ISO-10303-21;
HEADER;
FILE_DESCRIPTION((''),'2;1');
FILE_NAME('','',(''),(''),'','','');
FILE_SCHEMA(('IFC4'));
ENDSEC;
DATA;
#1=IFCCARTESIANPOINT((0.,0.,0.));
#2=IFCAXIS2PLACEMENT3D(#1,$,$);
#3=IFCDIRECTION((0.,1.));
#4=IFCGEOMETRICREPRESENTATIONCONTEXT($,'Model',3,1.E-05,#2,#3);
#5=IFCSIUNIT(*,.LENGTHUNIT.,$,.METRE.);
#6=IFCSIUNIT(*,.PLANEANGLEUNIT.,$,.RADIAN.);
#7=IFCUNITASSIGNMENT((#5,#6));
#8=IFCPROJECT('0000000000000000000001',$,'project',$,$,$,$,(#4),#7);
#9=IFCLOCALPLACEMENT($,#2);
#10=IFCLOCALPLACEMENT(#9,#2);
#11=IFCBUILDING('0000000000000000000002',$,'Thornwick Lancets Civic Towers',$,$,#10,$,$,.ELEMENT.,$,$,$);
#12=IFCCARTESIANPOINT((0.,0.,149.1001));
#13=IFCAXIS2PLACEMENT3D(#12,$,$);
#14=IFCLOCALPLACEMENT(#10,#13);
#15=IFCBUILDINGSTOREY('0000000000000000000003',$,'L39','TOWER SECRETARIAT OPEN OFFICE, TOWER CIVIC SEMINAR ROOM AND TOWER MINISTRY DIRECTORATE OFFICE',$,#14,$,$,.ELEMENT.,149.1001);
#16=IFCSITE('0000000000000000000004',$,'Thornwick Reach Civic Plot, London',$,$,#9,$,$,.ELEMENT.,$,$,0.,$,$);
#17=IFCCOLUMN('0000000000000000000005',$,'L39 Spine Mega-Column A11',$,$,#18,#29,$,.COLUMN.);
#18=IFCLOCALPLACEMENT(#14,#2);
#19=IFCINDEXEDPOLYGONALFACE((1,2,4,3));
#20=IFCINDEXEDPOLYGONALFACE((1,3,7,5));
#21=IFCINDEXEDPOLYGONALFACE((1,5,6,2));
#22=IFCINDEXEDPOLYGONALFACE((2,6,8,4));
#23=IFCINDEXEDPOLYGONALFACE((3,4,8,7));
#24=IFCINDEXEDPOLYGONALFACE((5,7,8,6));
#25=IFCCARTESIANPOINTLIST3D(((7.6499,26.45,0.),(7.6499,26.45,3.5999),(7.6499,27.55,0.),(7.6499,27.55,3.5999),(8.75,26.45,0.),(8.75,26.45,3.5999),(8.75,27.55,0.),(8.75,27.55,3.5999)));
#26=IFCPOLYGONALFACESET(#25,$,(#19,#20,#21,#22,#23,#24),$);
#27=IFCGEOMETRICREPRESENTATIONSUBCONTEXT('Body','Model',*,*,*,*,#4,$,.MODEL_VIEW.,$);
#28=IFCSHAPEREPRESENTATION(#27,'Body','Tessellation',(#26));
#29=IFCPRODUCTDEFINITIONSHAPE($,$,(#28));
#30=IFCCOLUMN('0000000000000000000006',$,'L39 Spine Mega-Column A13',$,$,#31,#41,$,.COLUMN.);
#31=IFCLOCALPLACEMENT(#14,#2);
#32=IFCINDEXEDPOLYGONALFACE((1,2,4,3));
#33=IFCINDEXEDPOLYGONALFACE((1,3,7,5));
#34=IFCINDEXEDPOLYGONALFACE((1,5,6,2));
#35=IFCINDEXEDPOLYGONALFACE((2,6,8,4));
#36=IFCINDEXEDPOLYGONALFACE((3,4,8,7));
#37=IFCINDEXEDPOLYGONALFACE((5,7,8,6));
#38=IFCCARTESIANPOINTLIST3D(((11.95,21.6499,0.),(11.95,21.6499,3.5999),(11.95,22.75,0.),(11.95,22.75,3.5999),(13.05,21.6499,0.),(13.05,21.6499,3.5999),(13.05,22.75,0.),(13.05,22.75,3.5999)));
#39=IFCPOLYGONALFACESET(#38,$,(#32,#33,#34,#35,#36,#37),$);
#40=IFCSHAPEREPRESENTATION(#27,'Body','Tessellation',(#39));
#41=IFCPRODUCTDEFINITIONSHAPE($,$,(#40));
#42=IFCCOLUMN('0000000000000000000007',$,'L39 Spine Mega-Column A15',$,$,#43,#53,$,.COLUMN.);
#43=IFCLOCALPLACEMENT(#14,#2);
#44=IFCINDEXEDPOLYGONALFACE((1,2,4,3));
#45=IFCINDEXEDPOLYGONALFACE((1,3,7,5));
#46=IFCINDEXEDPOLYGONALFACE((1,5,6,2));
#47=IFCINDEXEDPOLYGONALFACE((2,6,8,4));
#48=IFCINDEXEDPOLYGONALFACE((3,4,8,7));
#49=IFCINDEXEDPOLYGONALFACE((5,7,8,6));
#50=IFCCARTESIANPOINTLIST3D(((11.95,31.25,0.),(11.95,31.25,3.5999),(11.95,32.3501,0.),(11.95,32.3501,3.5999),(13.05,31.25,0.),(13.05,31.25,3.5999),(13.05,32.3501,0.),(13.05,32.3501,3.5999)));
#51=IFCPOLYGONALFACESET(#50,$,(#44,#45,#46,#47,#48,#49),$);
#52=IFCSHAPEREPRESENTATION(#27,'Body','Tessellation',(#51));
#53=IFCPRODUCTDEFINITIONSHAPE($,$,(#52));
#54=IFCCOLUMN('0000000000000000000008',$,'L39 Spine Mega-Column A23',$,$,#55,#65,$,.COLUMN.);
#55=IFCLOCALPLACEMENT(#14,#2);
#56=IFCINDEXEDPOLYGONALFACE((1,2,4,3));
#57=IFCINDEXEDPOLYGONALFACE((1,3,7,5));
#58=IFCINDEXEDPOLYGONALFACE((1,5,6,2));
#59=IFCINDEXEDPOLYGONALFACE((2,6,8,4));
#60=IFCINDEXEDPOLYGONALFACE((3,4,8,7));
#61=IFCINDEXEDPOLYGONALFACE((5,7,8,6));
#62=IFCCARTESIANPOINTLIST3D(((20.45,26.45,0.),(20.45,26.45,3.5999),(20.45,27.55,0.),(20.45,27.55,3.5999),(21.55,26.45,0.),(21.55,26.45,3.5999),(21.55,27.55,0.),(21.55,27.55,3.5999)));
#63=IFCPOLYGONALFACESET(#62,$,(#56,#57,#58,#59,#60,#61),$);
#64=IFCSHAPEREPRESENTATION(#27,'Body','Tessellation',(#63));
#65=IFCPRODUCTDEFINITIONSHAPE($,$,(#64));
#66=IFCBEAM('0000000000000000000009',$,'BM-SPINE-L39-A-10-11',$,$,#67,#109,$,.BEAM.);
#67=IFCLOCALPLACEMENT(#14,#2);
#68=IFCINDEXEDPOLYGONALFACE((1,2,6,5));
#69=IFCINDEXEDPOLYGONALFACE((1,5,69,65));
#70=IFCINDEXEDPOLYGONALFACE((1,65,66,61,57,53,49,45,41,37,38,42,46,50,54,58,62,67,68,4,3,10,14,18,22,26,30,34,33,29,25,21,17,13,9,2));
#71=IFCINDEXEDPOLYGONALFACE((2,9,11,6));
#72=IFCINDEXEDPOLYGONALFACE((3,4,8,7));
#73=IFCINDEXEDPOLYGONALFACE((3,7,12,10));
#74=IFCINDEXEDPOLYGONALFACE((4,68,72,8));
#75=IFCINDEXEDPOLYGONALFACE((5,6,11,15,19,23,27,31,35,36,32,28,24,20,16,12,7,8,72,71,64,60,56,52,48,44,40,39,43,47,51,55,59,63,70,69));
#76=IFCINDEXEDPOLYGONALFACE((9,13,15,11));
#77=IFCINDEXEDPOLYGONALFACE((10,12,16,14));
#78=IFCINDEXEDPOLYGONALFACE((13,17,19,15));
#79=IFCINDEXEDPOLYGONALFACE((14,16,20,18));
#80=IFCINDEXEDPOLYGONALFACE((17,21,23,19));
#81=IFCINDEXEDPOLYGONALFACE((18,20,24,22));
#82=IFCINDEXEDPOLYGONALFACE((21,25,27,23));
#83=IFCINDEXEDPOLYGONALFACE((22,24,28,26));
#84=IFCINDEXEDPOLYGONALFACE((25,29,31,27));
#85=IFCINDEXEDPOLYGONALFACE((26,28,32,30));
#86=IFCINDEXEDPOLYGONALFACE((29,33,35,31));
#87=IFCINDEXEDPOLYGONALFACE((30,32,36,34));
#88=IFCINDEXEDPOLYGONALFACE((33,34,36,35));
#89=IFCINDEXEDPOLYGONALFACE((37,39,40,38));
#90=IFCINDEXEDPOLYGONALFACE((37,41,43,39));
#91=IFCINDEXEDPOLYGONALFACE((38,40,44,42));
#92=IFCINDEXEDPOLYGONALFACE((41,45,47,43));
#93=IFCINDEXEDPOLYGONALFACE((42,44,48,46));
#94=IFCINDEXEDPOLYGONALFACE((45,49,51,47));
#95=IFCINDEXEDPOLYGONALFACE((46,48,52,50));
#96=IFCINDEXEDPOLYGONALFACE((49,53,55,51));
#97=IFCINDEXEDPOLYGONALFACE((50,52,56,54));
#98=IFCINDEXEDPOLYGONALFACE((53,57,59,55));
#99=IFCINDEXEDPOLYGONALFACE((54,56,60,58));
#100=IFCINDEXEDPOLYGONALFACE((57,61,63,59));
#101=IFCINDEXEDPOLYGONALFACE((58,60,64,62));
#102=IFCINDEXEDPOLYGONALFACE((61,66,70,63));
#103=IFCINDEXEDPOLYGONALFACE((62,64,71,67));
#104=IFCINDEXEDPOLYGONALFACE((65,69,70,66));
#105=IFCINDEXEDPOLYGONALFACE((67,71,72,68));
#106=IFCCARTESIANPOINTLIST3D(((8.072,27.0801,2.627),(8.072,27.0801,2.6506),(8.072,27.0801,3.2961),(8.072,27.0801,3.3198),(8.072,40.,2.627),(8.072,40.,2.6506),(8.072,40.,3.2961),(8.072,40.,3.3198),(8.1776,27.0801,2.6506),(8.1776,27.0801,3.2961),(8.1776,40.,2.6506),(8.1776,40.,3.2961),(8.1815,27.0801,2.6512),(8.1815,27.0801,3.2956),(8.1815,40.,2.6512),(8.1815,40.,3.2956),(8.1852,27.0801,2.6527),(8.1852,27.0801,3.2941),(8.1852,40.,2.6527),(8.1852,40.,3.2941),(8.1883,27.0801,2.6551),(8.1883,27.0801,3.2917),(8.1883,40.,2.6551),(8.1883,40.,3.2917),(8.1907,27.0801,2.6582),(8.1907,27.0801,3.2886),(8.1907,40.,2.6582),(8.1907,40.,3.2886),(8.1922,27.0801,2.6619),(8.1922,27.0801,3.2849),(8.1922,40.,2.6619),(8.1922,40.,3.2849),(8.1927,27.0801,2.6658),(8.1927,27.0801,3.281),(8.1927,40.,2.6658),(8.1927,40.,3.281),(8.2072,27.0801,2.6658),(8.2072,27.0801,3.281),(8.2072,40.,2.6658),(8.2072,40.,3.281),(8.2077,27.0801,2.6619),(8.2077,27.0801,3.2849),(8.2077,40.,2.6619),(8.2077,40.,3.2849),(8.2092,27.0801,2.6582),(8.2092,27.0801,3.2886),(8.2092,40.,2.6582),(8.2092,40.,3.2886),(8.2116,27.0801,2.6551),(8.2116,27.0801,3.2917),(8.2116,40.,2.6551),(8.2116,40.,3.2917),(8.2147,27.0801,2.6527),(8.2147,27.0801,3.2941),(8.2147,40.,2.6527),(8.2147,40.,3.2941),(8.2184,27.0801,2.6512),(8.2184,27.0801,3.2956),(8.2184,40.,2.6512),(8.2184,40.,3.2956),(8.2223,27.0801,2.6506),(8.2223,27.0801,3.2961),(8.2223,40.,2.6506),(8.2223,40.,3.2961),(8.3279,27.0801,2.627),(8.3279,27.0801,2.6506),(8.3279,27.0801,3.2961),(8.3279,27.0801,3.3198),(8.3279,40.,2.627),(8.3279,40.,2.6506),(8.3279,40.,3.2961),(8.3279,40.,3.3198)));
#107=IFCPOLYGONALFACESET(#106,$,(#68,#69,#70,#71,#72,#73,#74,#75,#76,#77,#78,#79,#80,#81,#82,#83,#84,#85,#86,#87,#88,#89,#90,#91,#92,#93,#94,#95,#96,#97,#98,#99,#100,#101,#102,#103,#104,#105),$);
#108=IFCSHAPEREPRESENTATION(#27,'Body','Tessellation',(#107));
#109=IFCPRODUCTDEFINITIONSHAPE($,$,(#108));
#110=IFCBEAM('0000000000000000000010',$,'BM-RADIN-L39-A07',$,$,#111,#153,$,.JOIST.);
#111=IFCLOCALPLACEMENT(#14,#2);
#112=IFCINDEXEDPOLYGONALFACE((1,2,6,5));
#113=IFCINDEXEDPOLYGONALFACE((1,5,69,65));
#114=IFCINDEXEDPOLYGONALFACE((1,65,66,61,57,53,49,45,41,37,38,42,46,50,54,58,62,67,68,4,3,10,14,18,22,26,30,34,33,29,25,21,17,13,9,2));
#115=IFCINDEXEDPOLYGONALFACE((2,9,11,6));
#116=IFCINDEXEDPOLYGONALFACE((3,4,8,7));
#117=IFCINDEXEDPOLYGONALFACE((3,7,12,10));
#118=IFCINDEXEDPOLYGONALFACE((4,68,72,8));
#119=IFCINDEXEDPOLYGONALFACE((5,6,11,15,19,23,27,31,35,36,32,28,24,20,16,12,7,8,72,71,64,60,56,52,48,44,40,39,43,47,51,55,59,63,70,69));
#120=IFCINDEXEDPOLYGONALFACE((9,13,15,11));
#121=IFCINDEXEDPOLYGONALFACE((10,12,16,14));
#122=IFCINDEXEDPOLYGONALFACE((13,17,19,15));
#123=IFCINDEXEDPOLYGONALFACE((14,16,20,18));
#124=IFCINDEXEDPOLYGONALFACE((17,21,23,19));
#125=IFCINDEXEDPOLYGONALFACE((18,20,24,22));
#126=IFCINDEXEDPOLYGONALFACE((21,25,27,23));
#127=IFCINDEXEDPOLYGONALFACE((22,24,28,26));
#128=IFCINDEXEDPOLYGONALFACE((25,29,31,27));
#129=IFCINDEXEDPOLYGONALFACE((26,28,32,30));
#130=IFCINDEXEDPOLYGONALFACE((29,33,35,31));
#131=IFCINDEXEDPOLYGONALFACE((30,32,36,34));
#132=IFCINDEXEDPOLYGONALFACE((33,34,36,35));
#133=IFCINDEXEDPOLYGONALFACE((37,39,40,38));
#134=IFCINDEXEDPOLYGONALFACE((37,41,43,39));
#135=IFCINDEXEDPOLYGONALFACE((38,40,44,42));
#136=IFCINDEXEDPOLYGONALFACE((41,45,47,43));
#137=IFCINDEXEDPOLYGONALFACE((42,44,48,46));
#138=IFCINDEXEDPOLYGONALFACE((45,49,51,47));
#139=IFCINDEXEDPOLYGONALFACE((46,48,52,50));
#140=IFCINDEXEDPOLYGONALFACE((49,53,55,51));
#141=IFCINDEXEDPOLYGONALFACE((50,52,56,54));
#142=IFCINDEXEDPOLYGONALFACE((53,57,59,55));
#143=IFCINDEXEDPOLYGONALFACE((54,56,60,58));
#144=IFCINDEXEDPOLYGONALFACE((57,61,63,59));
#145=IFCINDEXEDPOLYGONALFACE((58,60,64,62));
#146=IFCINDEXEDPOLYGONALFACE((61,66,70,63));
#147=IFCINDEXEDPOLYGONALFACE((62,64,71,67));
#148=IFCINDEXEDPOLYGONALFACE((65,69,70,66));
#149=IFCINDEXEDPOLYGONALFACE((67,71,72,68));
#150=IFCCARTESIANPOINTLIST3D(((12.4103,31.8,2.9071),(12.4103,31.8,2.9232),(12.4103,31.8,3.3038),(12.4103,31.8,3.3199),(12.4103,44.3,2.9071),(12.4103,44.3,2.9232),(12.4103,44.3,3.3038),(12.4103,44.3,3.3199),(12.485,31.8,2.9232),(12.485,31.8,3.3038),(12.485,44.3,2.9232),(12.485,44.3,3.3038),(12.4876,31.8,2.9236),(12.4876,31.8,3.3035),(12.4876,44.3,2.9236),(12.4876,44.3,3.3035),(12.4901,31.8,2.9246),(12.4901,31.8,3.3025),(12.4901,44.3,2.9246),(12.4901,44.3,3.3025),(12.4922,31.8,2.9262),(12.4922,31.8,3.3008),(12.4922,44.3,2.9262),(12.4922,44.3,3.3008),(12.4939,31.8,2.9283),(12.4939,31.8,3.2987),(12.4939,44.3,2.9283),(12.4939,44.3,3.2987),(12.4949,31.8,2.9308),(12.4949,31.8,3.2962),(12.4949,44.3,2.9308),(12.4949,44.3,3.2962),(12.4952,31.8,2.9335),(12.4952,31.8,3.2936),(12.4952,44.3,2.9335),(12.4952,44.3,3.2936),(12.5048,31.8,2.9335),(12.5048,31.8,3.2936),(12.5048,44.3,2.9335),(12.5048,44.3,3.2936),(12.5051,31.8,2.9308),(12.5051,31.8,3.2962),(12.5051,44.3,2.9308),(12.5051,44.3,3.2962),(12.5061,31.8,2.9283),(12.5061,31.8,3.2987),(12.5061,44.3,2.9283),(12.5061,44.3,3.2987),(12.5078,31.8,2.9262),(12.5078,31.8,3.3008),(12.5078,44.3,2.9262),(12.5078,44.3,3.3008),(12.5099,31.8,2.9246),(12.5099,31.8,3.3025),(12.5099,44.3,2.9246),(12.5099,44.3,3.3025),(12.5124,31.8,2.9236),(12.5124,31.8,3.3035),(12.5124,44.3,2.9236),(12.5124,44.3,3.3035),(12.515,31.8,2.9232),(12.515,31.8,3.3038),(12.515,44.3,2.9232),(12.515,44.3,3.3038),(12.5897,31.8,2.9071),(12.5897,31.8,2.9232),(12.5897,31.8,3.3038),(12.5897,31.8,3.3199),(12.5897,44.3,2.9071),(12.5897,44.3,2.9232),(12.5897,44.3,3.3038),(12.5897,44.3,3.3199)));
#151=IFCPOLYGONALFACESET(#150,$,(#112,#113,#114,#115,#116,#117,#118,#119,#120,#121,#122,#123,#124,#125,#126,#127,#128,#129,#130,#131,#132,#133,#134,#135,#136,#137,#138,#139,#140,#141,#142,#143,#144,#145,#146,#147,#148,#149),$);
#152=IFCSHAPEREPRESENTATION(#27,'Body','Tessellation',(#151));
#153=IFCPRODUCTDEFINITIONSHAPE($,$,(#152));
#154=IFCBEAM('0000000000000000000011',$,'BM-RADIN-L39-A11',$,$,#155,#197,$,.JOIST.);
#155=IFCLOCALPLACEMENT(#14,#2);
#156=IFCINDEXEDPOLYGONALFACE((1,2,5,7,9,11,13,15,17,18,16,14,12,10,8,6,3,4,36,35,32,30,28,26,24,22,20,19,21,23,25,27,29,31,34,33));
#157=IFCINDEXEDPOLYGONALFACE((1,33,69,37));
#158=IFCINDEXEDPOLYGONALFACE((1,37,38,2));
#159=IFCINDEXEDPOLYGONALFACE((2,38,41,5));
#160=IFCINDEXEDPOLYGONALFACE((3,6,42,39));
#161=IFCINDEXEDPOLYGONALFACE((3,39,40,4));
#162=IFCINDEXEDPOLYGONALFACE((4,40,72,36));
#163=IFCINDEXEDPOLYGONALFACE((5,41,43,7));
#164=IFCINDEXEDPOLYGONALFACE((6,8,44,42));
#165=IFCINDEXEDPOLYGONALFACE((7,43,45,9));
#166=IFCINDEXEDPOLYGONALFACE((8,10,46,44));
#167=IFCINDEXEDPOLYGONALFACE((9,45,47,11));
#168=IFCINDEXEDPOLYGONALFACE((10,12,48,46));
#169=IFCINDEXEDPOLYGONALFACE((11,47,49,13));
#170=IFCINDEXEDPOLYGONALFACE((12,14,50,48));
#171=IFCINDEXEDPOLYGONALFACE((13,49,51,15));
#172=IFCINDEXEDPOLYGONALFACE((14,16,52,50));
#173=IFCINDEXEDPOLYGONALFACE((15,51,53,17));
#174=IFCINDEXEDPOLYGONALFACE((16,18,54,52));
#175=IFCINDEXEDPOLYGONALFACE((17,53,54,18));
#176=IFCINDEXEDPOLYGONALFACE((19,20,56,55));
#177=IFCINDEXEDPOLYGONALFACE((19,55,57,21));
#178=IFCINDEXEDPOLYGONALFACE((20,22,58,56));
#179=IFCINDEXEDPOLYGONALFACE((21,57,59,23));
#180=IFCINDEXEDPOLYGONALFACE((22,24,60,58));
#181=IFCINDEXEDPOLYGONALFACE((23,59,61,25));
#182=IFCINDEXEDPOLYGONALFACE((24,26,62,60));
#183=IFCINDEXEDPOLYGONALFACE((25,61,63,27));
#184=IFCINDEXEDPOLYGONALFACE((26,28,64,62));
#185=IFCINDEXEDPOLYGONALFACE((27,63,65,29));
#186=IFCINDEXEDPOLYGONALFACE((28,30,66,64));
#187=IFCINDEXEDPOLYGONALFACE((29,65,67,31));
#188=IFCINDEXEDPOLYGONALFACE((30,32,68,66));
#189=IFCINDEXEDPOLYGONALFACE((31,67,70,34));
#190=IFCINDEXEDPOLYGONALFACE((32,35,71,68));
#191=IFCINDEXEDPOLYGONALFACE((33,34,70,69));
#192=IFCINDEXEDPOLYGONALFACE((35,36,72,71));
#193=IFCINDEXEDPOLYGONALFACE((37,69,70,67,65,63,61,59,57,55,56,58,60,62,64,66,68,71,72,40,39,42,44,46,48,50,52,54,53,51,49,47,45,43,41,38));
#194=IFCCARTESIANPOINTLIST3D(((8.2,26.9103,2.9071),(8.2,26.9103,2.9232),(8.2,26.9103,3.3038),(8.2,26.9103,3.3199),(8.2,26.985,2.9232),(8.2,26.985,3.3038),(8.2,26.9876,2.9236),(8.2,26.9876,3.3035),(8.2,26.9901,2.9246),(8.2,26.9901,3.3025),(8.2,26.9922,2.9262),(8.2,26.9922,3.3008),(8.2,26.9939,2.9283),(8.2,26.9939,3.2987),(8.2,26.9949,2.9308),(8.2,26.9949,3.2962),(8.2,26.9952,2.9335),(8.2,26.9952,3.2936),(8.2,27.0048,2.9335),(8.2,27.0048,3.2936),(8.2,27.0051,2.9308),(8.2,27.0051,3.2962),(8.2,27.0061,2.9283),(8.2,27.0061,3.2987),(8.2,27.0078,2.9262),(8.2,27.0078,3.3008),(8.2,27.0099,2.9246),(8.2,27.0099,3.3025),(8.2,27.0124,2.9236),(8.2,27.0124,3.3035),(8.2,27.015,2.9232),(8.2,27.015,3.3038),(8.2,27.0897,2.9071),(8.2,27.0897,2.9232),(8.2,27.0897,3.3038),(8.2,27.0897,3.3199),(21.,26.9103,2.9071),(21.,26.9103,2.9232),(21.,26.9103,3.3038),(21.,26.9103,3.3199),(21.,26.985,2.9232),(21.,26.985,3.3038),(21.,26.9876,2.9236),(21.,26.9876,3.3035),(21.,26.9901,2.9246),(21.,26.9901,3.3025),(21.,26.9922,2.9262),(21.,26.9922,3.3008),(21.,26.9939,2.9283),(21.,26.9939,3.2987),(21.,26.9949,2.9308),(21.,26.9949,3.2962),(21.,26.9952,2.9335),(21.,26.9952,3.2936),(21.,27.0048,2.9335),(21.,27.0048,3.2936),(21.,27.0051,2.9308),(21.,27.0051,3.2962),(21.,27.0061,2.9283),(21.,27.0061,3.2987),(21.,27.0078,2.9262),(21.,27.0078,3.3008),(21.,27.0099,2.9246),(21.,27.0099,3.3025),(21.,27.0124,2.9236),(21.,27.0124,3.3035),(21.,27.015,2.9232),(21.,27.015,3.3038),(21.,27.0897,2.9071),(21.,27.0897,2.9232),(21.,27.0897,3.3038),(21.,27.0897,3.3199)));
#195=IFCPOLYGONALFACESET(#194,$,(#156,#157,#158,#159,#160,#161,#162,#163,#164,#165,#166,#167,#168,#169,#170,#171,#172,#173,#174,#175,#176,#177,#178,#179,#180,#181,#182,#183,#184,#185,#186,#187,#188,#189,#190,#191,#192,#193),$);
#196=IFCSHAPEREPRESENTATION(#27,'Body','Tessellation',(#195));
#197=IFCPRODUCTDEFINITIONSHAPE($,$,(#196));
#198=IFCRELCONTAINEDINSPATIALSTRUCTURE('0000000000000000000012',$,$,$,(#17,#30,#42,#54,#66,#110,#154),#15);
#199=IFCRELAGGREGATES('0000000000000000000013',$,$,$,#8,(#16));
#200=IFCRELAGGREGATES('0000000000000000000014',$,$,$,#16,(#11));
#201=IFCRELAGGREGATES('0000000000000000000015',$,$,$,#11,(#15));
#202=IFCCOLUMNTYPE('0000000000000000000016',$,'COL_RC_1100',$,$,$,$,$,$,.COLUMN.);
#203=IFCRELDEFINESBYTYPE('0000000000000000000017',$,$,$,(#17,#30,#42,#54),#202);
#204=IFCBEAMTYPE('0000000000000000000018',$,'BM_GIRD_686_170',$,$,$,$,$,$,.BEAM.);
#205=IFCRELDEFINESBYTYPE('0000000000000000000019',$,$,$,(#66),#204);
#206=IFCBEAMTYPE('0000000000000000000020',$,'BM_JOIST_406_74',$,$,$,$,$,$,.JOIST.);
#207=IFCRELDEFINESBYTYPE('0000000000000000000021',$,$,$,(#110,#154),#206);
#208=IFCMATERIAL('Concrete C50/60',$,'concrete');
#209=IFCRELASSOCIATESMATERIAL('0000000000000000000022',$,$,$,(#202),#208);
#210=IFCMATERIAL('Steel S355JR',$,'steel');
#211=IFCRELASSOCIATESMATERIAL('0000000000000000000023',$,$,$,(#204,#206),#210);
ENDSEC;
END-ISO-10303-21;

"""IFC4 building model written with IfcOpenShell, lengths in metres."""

from ifc_helpers import new_model, si_unit, direction, frame, origin, origin_2d, place, context, subcontext, project, spatial, rectangle, i_section, extrude, material, material_profile, profile_set, type_object, element, save


model = new_model("IFC4")

# Units and contexts
model_context = context("Model", 3, precision=1e-05, world=origin(), true_north=direction((0.0, 1.0)))
body_context = subcontext(model_context, "Body", "Model", "MODEL_VIEW")
ifc_project = project(units=[si_unit("LENGTHUNIT", "METRE"), si_unit("PLANEANGLEUNIT", "RADIAN")], contexts=[model_context])

# Site, building, storey
site_placement = place(None, origin())
site = spatial("IfcSite", under=ifc_project, at=site_placement, Name="Thornwick Reach Civic Plot, London", CompositionType="ELEMENT", RefElevation=0.0)
building_placement = place(site_placement, origin())
building = spatial("IfcBuilding", under=site, at=building_placement, Name="Thornwick Lancets Civic Towers", CompositionType="ELEMENT")
storey_placement = place(building_placement, frame((0.0, 0.0, 149.1001)))
storey = spatial("IfcBuildingStorey", under=building, at=storey_placement, Name="L39", Description="TOWER SECRETARIAT OPEN OFFICE, TOWER CIVIC SEMINAR ROOM AND TOWER MINISTRY DIRECTORATE OFFICE", CompositionType="ELEMENT", Elevation=149.1001)

# Columns
ifc_material_1 = material(Name="Concrete C50/60", Category="concrete")
ifc_material_profile_1 = material_profile(ifc_material_1, rectangle(XDim=1.1001, YDim=1.1001, at=origin_2d()), Name="RC 1100x1100")
ifc_profile_set_1 = profile_set([ifc_material_profile_1], Name="Concrete C50/60")
column_type = type_object("IfcColumnType", Name="COL_RC_1100", PredefinedType="COLUMN", material=ifc_profile_set_1)
for number, where, z_axis, x_axis, name in (
    (1, (8.2, 27.0, 0.0), (0.0, 0.0, 1.0), (1.0, 0.0, 0.0), "L39 Spine Mega-Column A11"),
    (2, (12.5, 22.2, 0.0), (0.0, 0.0, 1.0), (1.0, 0.0, 0.0), "L39 Spine Mega-Column A13"),
    (3, (12.5, 31.8, 0.0), (0.0, 0.0, 1.0), (1.0, 0.0, 0.0), "L39 Spine Mega-Column A15"),
    (4, (21.0, 27.0, 0.0), (0.0, 0.0, 1.0), (1.0, 0.0, 0.0), "L39 Spine Mega-Column A23"),
):
    element("IfcColumn", number, at=place(storey_placement, frame(where, z_axis=z_axis, x_axis=x_axis)), inside=storey, type_object=column_type, Name=name, PredefinedType="COLUMN", context=body_context, shape_type="SweptSolid", body=[
        extrude(rectangle(XDim=1.1001, YDim=1.1001, at=origin_2d()), origin(), (0.0, 0.0, 1.0), 3.5999),
    ])

# Beams
ifc_material_2 = material(Name="Steel S355JR", Category="steel")
ifc_material_profile_2 = material_profile(ifc_material_2, i_section(OverallWidth=0.2559, OverallDepth=0.6929, WebThickness=0.0144, FlangeThickness=0.0237, FilletRadius=0.0151, at=origin_2d()), Name="UKB 686x254x170")
ifc_profile_set_2 = profile_set([ifc_material_profile_2], Name="Steel S355JR")
beam_type_1 = type_object("IfcBeamType", Name="BM_GIRD_686_170", PredefinedType="BEAM", material=ifc_profile_set_2)
beam_1_placement = place(storey_placement, frame((8.2, 27.0801, 2.9734), z_axis=(0.0, 1.0, 0.0), x_axis=(-1.0, 0.0, 0.0)))
element("IfcBeam", 5, at=beam_1_placement, inside=storey, type_object=beam_type_1, Name="BM-SPINE-L39-A-10-11", PredefinedType="BEAM", context=body_context, shape_type="SweptSolid", body=[
    extrude(i_section(OverallWidth=0.2559, OverallDepth=0.6929, WebThickness=0.0144, FlangeThickness=0.0237, FilletRadius=0.0151, at=origin_2d()), origin(), (0.0, 0.0, 1.0), 12.9199),
])
ifc_material_profile_3 = material_profile(ifc_material_2, i_section(OverallWidth=0.1794, OverallDepth=0.4128, WebThickness=0.0095, FlangeThickness=0.0161, FilletRadius=0.0103, at=origin_2d()), Name="UKB 406x178x74")
ifc_profile_set_3 = profile_set([ifc_material_profile_3], Name="Steel S355JR")
beam_type_2 = type_object("IfcBeamType", Name="BM_JOIST_406_74", PredefinedType="JOIST", material=ifc_profile_set_3)
beam_2_placement = place(storey_placement, frame((12.5, 31.8, 3.1135), z_axis=(0.0, 1.0, 0.0), x_axis=(-1.0, 0.0, 0.0)))
element("IfcBeam", 6, at=beam_2_placement, inside=storey, type_object=beam_type_2, Name="BM-RADIN-L39-A07", PredefinedType="JOIST", context=body_context, shape_type="SweptSolid", body=[
    extrude(i_section(OverallWidth=0.1794, OverallDepth=0.4128, WebThickness=0.0095, FlangeThickness=0.0161, FilletRadius=0.0103, at=origin_2d()), origin(), (0.0, 0.0, 1.0), 12.5),
])
beam_3_placement = place(storey_placement, frame((21.0, 27.0, 3.1135), z_axis=(-1.0, 0.0, 0.0), x_axis=(0.0, -1.0, 0.0)))
element("IfcBeam", 7, at=beam_3_placement, inside=storey, type_object=beam_type_2, Name="BM-RADIN-L39-A11", PredefinedType="JOIST", context=body_context, shape_type="SweptSolid", body=[
    extrude(i_section(OverallWidth=0.1794, OverallDepth=0.4128, WebThickness=0.0095, FlangeThickness=0.0161, FilletRadius=0.0103, at=origin_2d()), origin(), (0.0, 0.0, 1.0), 12.8),
])

save(model, "model.ifc")
